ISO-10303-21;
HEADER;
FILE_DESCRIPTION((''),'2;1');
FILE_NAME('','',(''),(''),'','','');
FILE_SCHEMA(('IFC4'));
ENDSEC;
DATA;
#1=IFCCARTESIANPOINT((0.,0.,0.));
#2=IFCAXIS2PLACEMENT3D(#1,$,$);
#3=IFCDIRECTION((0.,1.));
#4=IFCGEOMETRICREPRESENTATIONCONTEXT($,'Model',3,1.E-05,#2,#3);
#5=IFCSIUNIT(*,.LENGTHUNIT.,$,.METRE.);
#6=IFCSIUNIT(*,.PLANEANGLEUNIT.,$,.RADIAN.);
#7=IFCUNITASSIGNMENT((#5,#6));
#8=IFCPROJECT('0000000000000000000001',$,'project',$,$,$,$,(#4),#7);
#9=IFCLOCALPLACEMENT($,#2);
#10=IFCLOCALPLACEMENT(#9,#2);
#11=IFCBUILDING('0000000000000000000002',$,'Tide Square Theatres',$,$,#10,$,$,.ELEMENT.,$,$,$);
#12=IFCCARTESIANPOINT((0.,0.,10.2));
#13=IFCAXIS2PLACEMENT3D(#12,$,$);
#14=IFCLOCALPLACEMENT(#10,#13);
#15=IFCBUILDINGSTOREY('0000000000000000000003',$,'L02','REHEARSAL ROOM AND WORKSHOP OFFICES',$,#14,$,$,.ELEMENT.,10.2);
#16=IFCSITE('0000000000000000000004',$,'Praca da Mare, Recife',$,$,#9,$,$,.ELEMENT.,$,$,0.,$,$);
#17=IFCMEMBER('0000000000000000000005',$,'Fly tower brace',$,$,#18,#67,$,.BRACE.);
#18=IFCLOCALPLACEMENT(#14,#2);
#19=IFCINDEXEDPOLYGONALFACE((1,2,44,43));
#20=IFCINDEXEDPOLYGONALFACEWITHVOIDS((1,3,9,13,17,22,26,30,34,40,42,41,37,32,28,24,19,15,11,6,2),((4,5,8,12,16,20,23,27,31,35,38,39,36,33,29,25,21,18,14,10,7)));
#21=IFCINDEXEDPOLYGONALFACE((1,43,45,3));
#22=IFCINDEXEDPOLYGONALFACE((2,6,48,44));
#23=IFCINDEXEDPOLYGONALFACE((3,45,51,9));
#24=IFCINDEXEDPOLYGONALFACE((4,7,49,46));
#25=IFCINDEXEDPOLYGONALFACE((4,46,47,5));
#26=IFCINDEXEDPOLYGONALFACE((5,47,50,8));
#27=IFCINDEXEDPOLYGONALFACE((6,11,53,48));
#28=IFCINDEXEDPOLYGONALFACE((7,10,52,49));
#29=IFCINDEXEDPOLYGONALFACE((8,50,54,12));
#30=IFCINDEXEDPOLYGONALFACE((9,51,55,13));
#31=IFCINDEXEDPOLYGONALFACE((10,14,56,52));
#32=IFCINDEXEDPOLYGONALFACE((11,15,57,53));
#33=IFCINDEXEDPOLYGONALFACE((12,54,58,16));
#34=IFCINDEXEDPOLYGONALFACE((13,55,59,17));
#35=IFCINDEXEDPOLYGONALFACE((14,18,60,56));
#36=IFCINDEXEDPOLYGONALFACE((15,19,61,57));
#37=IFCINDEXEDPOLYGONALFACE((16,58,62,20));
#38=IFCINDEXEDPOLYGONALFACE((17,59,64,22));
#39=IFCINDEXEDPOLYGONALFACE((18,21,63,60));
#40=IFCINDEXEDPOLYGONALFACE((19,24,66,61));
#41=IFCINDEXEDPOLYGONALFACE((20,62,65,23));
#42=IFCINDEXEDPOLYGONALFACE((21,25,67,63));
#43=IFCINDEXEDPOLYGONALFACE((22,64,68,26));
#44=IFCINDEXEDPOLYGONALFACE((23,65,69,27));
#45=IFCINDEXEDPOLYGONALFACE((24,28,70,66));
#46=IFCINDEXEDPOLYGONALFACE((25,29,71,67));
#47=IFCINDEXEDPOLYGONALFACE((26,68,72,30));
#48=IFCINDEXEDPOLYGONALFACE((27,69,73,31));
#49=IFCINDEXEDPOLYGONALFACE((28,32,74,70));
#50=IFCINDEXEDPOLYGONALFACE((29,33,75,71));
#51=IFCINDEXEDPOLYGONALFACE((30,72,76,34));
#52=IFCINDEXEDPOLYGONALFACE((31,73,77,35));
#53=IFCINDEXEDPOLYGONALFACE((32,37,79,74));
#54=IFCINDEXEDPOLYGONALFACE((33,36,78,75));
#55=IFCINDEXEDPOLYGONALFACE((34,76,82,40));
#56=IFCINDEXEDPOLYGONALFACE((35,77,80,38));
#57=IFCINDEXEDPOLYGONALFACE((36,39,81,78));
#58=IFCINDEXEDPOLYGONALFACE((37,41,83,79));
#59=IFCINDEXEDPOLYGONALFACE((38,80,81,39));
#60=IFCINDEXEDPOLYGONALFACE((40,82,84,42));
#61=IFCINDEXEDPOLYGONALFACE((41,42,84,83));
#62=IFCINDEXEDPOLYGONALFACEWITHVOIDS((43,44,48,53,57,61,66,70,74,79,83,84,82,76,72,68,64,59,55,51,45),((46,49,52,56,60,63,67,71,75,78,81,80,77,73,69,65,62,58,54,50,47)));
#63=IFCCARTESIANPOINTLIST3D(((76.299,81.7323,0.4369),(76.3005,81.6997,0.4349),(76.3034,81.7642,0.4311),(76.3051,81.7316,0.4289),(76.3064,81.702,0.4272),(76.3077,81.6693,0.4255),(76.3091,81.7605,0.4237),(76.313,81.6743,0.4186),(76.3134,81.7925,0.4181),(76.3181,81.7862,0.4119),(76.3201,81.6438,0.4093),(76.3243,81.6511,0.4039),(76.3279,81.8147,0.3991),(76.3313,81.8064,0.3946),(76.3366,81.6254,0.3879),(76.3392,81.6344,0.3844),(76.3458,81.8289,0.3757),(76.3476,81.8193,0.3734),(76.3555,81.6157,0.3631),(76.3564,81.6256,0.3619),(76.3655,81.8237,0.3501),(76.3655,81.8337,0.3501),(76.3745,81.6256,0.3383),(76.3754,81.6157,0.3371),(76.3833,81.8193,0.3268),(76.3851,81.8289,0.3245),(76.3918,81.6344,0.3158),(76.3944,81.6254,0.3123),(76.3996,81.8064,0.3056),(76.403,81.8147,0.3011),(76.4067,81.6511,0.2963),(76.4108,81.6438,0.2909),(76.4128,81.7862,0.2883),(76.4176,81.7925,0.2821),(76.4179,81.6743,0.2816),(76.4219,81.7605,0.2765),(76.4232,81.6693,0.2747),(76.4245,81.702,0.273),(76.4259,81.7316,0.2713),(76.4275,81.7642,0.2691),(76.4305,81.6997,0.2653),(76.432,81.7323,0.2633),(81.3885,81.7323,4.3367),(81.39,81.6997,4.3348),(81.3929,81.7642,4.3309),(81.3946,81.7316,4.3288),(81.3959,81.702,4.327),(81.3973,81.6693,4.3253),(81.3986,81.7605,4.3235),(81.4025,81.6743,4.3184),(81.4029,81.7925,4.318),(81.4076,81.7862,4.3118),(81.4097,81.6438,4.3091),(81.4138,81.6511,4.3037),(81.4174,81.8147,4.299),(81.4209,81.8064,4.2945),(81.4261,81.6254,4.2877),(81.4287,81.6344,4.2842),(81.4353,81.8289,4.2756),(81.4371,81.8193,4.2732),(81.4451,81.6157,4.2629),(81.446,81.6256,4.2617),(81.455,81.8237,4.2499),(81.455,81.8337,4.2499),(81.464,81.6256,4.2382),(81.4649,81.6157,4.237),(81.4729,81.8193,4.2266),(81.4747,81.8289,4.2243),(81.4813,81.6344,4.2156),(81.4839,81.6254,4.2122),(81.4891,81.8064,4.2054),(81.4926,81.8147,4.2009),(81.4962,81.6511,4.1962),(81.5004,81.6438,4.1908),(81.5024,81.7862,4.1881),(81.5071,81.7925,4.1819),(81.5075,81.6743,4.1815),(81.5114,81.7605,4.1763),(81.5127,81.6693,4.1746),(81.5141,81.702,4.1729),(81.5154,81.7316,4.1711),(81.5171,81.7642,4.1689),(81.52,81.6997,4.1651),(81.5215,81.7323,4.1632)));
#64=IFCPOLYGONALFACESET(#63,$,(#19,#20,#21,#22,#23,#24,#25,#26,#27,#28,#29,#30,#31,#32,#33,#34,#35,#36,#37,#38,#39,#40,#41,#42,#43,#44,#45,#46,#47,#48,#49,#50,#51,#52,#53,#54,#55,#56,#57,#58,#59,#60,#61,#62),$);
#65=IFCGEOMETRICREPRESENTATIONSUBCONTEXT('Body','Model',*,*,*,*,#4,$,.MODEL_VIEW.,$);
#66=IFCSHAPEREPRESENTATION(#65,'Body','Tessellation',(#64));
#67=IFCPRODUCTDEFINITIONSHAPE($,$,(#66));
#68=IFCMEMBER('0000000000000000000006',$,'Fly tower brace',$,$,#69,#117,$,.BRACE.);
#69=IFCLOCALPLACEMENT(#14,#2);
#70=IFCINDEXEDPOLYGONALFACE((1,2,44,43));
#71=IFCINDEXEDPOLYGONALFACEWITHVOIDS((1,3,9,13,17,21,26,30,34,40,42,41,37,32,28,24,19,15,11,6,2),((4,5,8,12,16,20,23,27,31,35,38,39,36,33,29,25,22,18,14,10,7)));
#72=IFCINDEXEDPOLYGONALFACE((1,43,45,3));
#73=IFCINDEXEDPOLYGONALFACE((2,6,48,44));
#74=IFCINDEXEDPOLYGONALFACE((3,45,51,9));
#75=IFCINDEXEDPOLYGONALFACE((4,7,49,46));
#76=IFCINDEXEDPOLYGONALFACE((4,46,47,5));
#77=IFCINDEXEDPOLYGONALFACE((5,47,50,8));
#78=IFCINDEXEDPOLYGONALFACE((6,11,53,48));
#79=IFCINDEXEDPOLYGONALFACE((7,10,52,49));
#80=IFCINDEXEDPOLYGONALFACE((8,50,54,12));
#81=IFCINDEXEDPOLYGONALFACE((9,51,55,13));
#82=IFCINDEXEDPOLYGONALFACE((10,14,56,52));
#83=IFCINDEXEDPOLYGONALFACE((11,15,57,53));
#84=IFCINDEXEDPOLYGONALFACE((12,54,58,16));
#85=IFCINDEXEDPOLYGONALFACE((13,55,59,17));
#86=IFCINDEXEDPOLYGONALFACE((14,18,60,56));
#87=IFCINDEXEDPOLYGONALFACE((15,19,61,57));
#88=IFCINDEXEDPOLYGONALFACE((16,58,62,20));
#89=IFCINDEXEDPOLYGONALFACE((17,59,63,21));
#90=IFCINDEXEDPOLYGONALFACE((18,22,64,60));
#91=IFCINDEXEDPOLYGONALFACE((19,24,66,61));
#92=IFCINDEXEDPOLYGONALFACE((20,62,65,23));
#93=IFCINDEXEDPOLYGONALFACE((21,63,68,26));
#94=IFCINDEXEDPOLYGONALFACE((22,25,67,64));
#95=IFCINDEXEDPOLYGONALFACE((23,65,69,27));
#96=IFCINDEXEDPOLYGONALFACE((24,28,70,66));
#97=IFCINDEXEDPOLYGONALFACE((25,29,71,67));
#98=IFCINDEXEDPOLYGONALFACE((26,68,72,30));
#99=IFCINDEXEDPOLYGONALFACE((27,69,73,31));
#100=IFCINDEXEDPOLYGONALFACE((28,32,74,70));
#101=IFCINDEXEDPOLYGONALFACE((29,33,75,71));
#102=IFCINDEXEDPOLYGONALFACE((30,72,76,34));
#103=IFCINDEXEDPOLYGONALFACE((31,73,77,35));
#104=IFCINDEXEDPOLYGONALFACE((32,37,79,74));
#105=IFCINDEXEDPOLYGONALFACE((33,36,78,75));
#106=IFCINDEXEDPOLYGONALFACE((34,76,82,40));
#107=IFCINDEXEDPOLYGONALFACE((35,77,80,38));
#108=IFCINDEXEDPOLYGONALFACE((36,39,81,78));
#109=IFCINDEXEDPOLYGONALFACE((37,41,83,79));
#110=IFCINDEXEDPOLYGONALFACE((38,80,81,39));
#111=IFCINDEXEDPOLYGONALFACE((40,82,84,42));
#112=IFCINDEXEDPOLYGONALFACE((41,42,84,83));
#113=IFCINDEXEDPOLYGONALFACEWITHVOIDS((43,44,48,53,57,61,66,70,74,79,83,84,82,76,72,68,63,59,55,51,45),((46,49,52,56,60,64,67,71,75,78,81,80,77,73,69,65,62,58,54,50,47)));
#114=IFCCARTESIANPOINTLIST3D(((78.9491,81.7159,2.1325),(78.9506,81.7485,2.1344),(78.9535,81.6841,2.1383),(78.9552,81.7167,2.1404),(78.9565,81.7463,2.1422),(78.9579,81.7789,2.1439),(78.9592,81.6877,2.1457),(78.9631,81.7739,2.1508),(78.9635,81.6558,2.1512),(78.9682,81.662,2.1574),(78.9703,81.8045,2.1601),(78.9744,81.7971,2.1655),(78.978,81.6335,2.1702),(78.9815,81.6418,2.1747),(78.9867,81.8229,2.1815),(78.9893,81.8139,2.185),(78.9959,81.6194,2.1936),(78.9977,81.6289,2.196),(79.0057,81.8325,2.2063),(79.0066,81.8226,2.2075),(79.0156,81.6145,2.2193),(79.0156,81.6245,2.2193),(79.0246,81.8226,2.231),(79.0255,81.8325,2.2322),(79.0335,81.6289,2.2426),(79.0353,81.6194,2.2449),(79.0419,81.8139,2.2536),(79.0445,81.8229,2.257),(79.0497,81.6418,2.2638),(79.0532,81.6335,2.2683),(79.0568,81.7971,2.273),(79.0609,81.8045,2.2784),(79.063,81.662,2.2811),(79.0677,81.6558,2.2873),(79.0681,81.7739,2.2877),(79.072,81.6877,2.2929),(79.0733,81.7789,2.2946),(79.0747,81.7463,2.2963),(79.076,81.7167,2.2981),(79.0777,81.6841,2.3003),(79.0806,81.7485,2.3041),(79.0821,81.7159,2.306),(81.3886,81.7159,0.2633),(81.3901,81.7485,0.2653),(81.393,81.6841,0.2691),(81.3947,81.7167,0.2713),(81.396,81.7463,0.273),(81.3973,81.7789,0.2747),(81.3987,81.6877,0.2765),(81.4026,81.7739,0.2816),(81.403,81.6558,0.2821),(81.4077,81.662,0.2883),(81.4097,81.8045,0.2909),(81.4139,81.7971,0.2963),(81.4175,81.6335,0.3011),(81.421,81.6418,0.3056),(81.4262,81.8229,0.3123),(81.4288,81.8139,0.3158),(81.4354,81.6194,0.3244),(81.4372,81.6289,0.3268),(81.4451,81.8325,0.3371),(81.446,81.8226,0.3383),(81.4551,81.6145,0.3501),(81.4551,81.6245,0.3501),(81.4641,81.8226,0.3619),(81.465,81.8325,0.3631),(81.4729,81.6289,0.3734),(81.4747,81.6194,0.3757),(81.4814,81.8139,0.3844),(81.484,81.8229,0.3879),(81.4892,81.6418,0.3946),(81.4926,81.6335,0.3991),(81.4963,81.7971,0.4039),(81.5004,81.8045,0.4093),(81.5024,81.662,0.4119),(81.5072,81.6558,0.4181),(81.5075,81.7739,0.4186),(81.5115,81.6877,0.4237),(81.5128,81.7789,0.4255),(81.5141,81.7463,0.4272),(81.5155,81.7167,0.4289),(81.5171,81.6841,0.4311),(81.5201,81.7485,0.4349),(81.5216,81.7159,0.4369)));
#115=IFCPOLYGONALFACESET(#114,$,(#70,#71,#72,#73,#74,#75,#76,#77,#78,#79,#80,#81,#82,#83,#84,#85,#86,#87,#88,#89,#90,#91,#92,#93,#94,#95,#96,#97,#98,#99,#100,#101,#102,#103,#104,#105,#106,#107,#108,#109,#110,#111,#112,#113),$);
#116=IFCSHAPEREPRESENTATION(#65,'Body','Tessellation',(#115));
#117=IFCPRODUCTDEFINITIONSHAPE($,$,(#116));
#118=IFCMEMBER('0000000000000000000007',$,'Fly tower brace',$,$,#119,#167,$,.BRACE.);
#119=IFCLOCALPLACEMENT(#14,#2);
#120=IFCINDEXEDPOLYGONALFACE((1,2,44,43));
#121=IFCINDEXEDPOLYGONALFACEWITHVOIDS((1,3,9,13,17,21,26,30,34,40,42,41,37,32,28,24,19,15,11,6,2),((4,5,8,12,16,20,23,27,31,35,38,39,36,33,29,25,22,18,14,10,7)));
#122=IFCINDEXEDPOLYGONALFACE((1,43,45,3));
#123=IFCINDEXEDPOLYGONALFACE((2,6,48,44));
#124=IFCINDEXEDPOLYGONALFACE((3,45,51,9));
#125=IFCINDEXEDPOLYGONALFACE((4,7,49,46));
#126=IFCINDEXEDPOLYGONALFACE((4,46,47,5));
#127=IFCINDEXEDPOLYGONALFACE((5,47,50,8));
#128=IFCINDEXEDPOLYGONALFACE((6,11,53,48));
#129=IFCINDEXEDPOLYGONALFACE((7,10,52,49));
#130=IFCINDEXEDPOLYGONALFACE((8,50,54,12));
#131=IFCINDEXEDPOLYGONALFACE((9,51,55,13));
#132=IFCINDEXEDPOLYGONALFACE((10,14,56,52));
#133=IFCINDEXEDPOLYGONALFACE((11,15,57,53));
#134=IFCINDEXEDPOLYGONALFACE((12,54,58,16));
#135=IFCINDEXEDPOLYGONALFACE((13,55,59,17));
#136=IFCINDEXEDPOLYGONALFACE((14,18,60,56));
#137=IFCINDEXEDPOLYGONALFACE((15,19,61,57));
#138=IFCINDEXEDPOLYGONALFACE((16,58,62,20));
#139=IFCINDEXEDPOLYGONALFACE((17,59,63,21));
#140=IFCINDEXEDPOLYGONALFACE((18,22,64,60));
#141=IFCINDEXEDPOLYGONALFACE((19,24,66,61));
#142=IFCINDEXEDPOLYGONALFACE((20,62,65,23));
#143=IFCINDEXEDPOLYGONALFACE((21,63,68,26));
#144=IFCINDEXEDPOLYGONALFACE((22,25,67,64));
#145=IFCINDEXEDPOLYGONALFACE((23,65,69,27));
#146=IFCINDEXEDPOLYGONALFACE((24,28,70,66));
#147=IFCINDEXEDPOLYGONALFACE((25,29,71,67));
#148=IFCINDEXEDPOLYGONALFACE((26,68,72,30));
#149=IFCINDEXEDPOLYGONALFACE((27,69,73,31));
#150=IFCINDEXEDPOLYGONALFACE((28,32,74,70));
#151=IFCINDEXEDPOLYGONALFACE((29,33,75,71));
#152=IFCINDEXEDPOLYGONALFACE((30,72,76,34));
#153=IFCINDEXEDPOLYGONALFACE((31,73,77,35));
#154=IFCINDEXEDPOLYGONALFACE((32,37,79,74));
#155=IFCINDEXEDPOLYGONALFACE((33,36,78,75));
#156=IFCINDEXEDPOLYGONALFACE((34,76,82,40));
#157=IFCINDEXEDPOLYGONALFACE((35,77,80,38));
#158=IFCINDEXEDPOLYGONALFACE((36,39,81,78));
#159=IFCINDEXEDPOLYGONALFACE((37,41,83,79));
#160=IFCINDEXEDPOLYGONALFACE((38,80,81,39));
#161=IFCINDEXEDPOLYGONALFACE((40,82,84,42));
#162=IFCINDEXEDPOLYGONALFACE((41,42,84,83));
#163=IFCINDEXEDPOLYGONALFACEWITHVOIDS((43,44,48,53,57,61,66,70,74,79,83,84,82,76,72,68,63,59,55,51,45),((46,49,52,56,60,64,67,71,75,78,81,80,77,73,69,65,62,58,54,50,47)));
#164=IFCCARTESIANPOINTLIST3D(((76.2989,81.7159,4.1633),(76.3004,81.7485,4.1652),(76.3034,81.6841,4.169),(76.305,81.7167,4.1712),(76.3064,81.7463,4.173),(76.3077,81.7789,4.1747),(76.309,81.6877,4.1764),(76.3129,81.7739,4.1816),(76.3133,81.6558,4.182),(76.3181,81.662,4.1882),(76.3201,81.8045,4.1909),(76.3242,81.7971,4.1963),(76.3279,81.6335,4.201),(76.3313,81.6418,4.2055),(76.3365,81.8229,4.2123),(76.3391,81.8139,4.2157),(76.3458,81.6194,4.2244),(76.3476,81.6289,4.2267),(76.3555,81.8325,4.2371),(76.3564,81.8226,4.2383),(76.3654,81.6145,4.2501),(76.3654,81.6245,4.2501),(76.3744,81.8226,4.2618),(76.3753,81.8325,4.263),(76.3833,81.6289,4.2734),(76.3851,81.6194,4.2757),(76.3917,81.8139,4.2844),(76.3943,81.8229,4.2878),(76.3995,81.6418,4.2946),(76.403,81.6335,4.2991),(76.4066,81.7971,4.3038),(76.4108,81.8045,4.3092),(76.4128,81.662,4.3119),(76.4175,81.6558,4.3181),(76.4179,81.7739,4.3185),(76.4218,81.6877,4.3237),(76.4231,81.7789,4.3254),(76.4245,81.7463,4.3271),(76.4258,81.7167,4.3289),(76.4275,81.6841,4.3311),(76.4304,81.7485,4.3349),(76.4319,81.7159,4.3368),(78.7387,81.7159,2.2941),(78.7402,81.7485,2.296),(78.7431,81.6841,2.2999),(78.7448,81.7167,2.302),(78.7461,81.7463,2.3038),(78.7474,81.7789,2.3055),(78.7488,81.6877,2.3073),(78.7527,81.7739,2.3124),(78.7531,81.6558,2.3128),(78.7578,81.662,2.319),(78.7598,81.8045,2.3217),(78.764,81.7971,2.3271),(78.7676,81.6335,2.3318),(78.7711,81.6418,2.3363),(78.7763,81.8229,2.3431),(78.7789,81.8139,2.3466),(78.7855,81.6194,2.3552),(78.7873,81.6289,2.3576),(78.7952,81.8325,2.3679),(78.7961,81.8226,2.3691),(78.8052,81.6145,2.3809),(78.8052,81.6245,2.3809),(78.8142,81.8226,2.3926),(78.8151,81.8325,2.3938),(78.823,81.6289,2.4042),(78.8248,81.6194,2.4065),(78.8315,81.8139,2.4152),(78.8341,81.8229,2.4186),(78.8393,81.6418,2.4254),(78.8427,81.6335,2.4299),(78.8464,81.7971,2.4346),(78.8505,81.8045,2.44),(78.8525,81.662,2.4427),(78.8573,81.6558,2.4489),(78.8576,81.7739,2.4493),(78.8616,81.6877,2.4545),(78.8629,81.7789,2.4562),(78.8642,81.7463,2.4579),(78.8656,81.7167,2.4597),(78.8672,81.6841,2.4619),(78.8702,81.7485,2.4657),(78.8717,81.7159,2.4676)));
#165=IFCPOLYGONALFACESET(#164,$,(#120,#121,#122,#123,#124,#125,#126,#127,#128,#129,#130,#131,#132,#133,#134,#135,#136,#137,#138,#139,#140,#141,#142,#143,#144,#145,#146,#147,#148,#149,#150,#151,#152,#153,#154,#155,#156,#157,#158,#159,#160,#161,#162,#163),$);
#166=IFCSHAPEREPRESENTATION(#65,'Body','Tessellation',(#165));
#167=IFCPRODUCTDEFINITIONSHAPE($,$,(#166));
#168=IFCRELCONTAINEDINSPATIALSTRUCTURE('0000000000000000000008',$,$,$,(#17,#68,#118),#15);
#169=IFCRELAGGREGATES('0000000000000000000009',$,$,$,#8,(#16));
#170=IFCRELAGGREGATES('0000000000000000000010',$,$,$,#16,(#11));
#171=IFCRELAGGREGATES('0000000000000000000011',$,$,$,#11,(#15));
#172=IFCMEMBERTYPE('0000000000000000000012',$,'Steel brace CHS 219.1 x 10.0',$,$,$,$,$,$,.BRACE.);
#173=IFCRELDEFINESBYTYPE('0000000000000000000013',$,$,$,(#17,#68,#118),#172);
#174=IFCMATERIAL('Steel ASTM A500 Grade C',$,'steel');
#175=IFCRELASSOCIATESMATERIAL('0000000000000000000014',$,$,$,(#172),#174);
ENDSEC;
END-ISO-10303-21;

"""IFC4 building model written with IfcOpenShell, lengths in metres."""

from ifc_helpers import new_model, si_unit, direction, frame, origin, origin_2d, place, context, subcontext, project, spatial, hollow_circle, extrude, material, material_profile, profile_set, type_object, element, save


model = new_model("IFC4")

# Units and contexts
model_context = context("Model", 3, precision=1e-05, world=origin(), true_north=direction((0.0, 1.0)))
body_context = subcontext(model_context, "Body", "Model", "MODEL_VIEW")
ifc_project = project(units=[si_unit("LENGTHUNIT", "METRE"), si_unit("PLANEANGLEUNIT", "RADIAN")], contexts=[model_context])

# Site, building, storey
site_placement = place(None, origin())
site = spatial("IfcSite", under=ifc_project, at=site_placement, Name="Praca da Mare, Recife", CompositionType="ELEMENT", RefElevation=0.0)
building_placement = place(site_placement, origin())
building = spatial("IfcBuilding", under=site, at=building_placement, Name="Tide Square Theatres", CompositionType="ELEMENT")
storey_placement = place(building_placement, frame((0.0, 0.0, 10.2)))
storey = spatial("IfcBuildingStorey", under=building, at=storey_placement, Name="L02", Description="REHEARSAL ROOM AND WORKSHOP OFFICES", CompositionType="ELEMENT", Elevation=10.2)

# Members
ifc_material_1 = material(Name="Steel ASTM A500 Grade C", Category="steel")
ifc_material_profile_1 = material_profile(ifc_material_1, hollow_circle(Radius=0.1096, WallThickness=0.01, at=origin_2d()))
ifc_profile_set_1 = profile_set([ifc_material_profile_1], Name="Steel ASTM A500 Grade C")
member_type = type_object("IfcMemberType", Name="Steel brace CHS 219.1 x 10.0", PredefinedType="BRACE", material=ifc_profile_set_1)
member_1_placement = place(storey_placement, frame((76.3655, 81.7241, 0.3501), z_axis=(0.793766, 0.0, 0.608223), x_axis=(0.0, 1.0, 0.0)))
element("IfcMember", 1, at=member_1_placement, inside=storey, type_object=member_type, Name="Fly tower brace", PredefinedType="BRACE", context=body_context, shape_type="SweptSolid", body=[
    extrude(hollow_circle(Radius=0.1096, WallThickness=0.01, at=origin_2d()), origin(), (0.0, 0.0, 1.0), 6.4119),
])
member_2_placement = place(storey_placement, frame((81.4551, 81.7241, 0.3501), z_axis=(-0.79378, 0.0, 0.608205), x_axis=(0.0, -1.0, 0.0)))
element("IfcMember", 2, at=member_2_placement, inside=storey, type_object=member_type, Name="Fly tower brace", PredefinedType="BRACE", context=body_context, shape_type="SweptSolid", body=[
    extrude(hollow_circle(Radius=0.1096, WallThickness=0.01, at=origin_2d()), origin(), (0.0, 0.0, 1.0), 3.0732),
])
member_3_placement = place(storey_placement, frame((78.8052, 81.7241, 2.3809), z_axis=(-0.79381, 0.0, 0.608166), x_axis=(0.0, -1.0, 0.0)))
element("IfcMember", 3, at=member_3_placement, inside=storey, type_object=member_type, Name="Fly tower brace", PredefinedType="BRACE", context=body_context, shape_type="SweptSolid", body=[
    extrude(hollow_circle(Radius=0.1096, WallThickness=0.01, at=origin_2d()), origin(), (0.0, 0.0, 1.0), 3.0735),
])

save(model, "model.ifc")
